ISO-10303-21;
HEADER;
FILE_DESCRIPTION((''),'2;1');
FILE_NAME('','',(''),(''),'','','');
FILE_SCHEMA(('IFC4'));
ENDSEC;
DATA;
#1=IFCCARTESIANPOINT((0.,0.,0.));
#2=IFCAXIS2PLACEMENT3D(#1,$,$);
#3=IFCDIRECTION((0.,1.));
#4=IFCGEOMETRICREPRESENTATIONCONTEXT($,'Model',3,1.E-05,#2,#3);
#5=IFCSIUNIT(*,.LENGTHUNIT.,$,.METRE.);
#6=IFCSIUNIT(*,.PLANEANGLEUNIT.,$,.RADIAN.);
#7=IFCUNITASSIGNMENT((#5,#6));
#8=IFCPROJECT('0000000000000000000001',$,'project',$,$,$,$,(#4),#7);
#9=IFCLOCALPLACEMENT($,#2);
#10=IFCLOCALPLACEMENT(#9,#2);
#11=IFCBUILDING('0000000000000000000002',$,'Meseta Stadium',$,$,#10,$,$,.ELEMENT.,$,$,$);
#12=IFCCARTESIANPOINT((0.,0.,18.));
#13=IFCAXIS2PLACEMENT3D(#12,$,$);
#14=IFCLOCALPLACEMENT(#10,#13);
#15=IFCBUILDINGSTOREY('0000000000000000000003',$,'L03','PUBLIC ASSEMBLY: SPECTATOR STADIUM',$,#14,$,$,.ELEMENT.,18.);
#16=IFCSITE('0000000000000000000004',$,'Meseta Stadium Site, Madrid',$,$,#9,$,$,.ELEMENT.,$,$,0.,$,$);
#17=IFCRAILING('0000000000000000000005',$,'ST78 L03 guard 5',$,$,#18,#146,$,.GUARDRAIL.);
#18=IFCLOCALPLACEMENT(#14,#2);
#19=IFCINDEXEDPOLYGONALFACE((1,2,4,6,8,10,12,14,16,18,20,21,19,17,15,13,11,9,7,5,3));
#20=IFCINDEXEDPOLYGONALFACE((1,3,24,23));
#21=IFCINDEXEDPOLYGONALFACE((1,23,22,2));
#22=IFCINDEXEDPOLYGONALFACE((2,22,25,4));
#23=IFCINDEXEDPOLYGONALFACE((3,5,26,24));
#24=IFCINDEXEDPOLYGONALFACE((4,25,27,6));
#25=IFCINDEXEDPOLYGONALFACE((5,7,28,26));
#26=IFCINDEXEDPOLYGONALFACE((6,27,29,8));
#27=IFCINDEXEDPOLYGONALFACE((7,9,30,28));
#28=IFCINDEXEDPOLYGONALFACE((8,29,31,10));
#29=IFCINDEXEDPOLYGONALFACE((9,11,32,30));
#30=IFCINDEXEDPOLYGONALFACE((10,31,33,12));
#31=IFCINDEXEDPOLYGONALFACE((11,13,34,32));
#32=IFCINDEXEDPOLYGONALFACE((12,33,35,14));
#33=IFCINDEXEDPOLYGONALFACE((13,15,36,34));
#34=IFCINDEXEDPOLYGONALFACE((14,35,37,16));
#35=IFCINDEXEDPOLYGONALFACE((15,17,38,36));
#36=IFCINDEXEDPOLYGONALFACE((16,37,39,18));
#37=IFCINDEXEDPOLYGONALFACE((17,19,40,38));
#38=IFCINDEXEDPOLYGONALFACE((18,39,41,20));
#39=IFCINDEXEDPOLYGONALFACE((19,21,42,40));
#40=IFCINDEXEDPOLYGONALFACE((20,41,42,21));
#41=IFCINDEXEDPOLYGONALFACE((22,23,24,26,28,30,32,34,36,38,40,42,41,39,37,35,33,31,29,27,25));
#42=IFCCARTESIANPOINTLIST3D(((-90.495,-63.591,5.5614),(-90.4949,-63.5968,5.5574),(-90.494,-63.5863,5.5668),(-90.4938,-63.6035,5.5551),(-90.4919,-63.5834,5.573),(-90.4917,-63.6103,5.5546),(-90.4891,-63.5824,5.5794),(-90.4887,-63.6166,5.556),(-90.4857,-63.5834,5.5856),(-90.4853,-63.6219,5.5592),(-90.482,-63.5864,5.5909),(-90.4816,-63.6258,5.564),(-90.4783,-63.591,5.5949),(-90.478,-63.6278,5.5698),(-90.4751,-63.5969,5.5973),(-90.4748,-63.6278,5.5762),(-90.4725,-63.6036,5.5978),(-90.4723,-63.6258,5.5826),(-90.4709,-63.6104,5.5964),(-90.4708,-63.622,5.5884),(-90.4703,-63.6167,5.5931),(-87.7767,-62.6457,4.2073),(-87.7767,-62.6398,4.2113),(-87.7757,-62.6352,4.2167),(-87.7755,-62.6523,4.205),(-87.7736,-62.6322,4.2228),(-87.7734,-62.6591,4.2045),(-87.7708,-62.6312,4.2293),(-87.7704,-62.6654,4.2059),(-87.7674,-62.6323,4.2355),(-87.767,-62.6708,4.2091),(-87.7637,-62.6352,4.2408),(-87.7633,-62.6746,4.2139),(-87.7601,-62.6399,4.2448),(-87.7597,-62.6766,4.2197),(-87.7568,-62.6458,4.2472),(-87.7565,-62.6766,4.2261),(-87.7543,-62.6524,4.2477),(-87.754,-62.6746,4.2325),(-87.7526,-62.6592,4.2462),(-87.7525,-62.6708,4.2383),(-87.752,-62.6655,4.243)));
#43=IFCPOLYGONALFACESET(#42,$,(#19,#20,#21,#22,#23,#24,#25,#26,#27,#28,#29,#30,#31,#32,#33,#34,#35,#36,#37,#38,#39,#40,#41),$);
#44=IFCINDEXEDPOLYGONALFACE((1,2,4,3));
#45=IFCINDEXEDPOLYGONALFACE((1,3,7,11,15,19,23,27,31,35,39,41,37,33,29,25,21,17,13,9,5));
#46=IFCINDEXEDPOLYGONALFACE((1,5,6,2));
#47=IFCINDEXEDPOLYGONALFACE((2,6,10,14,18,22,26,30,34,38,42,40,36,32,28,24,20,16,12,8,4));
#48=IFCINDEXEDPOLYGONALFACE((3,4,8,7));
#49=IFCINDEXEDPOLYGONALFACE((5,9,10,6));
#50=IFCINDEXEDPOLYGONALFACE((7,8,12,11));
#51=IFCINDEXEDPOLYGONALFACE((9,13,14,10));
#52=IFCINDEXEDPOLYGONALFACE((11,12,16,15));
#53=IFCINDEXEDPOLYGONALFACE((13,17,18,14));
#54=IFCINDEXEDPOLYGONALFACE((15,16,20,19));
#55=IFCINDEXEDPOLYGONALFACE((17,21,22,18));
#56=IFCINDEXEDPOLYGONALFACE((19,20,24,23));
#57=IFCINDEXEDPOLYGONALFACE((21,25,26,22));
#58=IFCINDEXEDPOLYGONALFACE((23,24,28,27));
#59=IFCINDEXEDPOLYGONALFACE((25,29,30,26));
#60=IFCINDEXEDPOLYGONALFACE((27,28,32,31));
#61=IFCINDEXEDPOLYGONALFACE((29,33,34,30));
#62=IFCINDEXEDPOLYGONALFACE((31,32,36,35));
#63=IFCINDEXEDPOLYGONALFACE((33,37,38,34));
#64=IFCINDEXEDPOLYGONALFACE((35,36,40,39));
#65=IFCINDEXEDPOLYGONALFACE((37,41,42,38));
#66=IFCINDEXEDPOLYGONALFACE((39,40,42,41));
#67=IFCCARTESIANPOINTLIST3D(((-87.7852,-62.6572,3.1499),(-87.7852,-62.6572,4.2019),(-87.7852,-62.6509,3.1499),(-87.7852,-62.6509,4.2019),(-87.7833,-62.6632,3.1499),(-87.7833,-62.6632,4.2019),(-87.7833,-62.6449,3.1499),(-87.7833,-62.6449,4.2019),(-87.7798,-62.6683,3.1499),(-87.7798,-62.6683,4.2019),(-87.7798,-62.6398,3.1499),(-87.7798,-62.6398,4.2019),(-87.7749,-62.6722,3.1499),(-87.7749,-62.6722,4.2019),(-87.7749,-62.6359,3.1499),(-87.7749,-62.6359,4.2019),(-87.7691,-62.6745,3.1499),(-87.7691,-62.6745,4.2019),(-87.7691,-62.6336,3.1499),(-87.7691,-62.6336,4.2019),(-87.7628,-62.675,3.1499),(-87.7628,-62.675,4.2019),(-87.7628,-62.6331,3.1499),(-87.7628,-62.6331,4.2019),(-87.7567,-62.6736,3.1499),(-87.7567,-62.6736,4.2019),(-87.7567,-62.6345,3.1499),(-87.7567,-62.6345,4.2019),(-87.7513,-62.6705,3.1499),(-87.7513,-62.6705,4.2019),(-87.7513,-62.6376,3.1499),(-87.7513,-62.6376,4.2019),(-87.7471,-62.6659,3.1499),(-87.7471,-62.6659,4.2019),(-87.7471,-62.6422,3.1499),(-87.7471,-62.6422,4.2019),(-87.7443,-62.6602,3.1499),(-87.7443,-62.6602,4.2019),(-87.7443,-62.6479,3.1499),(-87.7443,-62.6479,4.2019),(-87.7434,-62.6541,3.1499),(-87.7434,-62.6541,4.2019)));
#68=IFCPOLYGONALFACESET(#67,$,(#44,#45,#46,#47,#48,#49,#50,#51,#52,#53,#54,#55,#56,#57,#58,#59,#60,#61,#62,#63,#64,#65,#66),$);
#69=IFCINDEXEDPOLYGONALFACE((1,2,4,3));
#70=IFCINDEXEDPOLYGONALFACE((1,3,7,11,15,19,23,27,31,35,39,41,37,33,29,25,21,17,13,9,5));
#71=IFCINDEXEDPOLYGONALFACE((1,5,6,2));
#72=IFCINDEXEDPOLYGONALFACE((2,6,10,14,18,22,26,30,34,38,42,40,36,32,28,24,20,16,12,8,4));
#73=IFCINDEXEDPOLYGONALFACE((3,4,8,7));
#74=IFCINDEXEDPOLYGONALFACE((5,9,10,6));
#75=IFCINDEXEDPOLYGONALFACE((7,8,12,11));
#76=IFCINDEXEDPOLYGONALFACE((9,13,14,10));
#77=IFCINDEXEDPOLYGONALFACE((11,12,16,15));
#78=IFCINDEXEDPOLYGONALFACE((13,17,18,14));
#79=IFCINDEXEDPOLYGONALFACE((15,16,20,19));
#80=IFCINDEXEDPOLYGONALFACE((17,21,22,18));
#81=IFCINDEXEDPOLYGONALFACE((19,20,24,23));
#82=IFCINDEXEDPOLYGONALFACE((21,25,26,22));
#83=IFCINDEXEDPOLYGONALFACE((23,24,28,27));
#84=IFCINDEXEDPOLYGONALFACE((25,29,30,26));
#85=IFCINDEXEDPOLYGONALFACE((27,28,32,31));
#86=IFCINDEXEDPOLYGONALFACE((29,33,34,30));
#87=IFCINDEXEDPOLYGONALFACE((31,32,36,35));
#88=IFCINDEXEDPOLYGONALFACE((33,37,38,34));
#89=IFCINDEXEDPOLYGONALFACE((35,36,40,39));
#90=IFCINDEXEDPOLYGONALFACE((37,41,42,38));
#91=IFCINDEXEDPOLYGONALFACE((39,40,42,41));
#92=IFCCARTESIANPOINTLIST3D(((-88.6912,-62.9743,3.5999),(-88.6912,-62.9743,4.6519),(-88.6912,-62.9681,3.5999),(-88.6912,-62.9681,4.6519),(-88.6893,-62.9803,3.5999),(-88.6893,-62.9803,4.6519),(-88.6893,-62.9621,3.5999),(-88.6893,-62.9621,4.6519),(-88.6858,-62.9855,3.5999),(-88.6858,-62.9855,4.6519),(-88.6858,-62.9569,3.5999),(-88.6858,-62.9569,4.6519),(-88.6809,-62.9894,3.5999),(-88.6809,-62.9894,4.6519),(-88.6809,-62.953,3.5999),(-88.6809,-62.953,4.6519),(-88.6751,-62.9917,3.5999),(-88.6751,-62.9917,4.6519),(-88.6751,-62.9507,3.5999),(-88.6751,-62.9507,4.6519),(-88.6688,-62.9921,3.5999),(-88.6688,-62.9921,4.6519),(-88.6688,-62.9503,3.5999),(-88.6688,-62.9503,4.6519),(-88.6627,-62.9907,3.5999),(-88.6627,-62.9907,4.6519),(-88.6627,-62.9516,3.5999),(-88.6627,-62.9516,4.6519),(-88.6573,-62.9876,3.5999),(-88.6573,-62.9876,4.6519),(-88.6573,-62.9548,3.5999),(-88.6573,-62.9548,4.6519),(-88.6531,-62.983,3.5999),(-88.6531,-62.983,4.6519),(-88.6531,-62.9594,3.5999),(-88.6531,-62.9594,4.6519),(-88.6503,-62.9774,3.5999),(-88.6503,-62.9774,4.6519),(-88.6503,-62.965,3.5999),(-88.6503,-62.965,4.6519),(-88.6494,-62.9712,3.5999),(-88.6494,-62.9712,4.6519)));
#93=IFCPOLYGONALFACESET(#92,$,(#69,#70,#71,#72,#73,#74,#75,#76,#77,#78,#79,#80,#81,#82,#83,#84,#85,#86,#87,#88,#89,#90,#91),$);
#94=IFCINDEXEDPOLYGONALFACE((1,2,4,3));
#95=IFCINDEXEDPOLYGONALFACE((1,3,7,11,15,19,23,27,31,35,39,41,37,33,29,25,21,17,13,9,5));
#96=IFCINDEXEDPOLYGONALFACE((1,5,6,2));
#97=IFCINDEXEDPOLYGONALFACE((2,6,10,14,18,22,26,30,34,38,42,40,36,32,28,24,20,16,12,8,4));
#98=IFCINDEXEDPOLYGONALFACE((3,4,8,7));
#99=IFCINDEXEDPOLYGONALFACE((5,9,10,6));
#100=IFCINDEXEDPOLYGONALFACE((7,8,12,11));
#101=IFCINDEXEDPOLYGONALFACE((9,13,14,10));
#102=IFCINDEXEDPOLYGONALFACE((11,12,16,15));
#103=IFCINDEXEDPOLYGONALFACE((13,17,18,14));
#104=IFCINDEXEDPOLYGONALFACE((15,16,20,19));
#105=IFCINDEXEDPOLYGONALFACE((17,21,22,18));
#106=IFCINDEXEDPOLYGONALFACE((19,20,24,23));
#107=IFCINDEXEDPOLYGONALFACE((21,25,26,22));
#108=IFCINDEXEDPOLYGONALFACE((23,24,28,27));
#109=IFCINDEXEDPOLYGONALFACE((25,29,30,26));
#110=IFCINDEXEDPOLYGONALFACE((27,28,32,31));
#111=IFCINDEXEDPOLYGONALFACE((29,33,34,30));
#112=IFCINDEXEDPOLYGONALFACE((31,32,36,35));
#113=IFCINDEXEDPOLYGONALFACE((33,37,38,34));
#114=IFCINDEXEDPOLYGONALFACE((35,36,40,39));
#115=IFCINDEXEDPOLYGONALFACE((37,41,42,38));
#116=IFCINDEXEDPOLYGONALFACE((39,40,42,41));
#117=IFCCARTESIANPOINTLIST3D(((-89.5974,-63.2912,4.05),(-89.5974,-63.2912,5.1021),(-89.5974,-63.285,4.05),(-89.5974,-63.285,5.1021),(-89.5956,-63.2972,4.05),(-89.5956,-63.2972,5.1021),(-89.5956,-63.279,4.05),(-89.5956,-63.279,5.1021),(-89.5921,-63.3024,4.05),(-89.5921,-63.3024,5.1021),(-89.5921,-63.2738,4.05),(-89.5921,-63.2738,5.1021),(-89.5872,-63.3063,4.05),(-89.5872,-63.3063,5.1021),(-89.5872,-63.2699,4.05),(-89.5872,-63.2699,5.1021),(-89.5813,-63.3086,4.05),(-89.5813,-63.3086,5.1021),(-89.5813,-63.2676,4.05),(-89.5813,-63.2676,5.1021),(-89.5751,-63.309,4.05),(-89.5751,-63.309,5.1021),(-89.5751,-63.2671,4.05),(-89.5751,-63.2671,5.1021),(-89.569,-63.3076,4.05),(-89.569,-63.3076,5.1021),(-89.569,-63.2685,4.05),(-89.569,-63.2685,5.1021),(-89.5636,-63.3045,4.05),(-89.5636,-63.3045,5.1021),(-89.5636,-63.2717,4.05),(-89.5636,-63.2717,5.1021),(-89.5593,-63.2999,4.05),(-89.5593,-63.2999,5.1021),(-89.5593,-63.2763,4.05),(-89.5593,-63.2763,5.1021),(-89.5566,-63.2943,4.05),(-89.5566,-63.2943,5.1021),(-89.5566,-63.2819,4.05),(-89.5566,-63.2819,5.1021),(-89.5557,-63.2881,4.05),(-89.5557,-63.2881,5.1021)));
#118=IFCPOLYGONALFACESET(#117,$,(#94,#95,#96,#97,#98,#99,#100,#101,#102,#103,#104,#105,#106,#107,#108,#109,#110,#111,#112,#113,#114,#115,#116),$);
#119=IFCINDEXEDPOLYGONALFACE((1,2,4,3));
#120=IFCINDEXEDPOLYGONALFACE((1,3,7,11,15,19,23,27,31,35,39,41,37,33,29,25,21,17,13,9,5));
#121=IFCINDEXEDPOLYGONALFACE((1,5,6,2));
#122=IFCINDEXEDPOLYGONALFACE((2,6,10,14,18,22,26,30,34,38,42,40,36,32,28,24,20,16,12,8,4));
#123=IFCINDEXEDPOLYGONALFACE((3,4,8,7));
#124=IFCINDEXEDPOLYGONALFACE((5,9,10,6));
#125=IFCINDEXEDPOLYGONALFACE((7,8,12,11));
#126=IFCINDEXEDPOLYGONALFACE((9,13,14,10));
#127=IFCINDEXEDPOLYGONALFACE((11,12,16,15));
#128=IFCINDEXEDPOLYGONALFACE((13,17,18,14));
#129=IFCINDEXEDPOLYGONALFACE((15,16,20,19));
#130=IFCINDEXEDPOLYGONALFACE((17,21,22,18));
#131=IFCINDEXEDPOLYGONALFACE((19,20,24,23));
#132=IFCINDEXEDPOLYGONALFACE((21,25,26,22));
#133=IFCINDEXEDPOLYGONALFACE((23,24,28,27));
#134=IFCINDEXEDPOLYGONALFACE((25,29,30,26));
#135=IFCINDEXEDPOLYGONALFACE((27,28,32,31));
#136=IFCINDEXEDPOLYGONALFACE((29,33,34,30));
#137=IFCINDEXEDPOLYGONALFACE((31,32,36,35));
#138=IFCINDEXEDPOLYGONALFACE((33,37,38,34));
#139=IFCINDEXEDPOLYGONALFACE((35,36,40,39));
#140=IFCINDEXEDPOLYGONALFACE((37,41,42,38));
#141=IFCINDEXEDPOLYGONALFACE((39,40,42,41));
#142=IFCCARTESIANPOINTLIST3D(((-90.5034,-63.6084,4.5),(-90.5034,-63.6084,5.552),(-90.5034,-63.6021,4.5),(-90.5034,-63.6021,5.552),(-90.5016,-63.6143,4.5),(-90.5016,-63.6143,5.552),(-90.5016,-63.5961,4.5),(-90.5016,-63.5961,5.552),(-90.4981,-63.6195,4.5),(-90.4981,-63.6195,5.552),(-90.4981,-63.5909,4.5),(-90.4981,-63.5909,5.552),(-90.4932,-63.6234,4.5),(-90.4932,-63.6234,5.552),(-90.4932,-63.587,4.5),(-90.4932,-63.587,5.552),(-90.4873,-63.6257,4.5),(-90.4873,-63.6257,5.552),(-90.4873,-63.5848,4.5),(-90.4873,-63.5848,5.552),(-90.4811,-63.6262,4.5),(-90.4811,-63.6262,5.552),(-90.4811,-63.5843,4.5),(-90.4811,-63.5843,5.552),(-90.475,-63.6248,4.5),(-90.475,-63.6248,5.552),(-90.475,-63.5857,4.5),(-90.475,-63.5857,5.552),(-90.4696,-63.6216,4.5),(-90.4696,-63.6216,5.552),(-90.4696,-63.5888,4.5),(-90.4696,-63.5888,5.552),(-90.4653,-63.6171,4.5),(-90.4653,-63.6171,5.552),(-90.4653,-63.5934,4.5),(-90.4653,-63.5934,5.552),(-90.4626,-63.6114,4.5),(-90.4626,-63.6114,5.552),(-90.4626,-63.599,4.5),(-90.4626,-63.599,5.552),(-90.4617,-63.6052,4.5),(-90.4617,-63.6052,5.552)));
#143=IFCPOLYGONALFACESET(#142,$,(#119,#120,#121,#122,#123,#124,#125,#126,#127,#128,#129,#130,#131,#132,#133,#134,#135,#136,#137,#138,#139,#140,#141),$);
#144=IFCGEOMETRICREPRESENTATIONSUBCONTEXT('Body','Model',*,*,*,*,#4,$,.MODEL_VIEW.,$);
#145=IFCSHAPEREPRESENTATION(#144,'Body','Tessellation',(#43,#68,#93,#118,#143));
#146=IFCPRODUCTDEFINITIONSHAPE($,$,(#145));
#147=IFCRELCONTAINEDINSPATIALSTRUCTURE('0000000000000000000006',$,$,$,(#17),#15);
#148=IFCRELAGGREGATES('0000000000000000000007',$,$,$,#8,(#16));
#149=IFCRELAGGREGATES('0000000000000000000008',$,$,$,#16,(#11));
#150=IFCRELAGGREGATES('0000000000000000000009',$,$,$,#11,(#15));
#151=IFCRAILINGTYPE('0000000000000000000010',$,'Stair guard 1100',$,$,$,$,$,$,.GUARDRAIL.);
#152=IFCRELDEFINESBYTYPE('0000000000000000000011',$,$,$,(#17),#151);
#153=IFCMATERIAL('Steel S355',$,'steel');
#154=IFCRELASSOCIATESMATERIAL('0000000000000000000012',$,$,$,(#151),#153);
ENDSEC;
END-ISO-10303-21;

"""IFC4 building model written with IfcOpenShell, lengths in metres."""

from ifc_helpers import new_model, si_unit, direction, frame, origin, origin_2d, place, context, subcontext, project, spatial, circle, extrude, material, type_object, element, save


model = new_model("IFC4")

# Units and contexts
model_context = context("Model", 3, precision=1e-05, world=origin(), true_north=direction((0.0, 1.0)))
body_context = subcontext(model_context, "Body", "Model", "MODEL_VIEW")
ifc_project = project(units=[si_unit("LENGTHUNIT", "METRE"), si_unit("PLANEANGLEUNIT", "RADIAN")], contexts=[model_context])

# Site, building, storey
site_placement = place(None, origin())
site = spatial("IfcSite", under=ifc_project, at=site_placement, Name="Meseta Stadium Site, Madrid", CompositionType="ELEMENT", RefElevation=0.0)
building_placement = place(site_placement, origin())
building = spatial("IfcBuilding", under=site, at=building_placement, Name="Meseta Stadium", CompositionType="ELEMENT")
storey_placement = place(building_placement, frame((0.0, 0.0, 18.0)))
storey = spatial("IfcBuildingStorey", under=building, at=storey_placement, Name="L03", Description="PUBLIC ASSEMBLY: SPECTATOR STADIUM", CompositionType="ELEMENT", Elevation=18.0)

# Railing
ifc_material_1 = material(Name="Steel S355", Category="steel")
railing_type_1 = type_object("IfcRailingType", Name="Stair guard 1100", PredefinedType="GUARDRAIL", material=ifc_material_1)
railing_1_placement = place(storey_placement, frame((-87.7644, -62.6541, 3.1499)))
element("IfcRailing", 1, at=railing_1_placement, inside=storey, type_object=railing_type_1, Name="ST78 L03 guard 5", PredefinedType="GUARDRAIL", context=body_context, shape_type="SweptSolid", body=[
    extrude(circle(Radius=0.0239, at=origin_2d()), frame((0.0, 0.0, 1.0762), z_axis=(-0.854629, -0.299051, 0.424474), x_axis=(0.330282, -0.943882, 0.0)), (0.0, 0.0, 1.0), 3.1807),
    extrude(circle(Radius=0.021, at=origin_2d()), origin(), (0.0, 0.0, 1.0), 1.052),
    extrude(circle(Radius=0.021, at=origin_2d()), frame((-0.906, -0.3171, 0.45)), (0.0, 0.0, 1.0), 1.052),
    extrude(circle(Radius=0.021, at=origin_2d()), frame((-1.8123, -0.634, 0.9001)), (0.0, 0.0, 1.0), 1.052),
    extrude(circle(Radius=0.021, at=origin_2d()), frame((-2.7183, -0.9512, 1.3501)), (0.0, 0.0, 1.0), 1.052),
])

save(model, "model.ifc")
